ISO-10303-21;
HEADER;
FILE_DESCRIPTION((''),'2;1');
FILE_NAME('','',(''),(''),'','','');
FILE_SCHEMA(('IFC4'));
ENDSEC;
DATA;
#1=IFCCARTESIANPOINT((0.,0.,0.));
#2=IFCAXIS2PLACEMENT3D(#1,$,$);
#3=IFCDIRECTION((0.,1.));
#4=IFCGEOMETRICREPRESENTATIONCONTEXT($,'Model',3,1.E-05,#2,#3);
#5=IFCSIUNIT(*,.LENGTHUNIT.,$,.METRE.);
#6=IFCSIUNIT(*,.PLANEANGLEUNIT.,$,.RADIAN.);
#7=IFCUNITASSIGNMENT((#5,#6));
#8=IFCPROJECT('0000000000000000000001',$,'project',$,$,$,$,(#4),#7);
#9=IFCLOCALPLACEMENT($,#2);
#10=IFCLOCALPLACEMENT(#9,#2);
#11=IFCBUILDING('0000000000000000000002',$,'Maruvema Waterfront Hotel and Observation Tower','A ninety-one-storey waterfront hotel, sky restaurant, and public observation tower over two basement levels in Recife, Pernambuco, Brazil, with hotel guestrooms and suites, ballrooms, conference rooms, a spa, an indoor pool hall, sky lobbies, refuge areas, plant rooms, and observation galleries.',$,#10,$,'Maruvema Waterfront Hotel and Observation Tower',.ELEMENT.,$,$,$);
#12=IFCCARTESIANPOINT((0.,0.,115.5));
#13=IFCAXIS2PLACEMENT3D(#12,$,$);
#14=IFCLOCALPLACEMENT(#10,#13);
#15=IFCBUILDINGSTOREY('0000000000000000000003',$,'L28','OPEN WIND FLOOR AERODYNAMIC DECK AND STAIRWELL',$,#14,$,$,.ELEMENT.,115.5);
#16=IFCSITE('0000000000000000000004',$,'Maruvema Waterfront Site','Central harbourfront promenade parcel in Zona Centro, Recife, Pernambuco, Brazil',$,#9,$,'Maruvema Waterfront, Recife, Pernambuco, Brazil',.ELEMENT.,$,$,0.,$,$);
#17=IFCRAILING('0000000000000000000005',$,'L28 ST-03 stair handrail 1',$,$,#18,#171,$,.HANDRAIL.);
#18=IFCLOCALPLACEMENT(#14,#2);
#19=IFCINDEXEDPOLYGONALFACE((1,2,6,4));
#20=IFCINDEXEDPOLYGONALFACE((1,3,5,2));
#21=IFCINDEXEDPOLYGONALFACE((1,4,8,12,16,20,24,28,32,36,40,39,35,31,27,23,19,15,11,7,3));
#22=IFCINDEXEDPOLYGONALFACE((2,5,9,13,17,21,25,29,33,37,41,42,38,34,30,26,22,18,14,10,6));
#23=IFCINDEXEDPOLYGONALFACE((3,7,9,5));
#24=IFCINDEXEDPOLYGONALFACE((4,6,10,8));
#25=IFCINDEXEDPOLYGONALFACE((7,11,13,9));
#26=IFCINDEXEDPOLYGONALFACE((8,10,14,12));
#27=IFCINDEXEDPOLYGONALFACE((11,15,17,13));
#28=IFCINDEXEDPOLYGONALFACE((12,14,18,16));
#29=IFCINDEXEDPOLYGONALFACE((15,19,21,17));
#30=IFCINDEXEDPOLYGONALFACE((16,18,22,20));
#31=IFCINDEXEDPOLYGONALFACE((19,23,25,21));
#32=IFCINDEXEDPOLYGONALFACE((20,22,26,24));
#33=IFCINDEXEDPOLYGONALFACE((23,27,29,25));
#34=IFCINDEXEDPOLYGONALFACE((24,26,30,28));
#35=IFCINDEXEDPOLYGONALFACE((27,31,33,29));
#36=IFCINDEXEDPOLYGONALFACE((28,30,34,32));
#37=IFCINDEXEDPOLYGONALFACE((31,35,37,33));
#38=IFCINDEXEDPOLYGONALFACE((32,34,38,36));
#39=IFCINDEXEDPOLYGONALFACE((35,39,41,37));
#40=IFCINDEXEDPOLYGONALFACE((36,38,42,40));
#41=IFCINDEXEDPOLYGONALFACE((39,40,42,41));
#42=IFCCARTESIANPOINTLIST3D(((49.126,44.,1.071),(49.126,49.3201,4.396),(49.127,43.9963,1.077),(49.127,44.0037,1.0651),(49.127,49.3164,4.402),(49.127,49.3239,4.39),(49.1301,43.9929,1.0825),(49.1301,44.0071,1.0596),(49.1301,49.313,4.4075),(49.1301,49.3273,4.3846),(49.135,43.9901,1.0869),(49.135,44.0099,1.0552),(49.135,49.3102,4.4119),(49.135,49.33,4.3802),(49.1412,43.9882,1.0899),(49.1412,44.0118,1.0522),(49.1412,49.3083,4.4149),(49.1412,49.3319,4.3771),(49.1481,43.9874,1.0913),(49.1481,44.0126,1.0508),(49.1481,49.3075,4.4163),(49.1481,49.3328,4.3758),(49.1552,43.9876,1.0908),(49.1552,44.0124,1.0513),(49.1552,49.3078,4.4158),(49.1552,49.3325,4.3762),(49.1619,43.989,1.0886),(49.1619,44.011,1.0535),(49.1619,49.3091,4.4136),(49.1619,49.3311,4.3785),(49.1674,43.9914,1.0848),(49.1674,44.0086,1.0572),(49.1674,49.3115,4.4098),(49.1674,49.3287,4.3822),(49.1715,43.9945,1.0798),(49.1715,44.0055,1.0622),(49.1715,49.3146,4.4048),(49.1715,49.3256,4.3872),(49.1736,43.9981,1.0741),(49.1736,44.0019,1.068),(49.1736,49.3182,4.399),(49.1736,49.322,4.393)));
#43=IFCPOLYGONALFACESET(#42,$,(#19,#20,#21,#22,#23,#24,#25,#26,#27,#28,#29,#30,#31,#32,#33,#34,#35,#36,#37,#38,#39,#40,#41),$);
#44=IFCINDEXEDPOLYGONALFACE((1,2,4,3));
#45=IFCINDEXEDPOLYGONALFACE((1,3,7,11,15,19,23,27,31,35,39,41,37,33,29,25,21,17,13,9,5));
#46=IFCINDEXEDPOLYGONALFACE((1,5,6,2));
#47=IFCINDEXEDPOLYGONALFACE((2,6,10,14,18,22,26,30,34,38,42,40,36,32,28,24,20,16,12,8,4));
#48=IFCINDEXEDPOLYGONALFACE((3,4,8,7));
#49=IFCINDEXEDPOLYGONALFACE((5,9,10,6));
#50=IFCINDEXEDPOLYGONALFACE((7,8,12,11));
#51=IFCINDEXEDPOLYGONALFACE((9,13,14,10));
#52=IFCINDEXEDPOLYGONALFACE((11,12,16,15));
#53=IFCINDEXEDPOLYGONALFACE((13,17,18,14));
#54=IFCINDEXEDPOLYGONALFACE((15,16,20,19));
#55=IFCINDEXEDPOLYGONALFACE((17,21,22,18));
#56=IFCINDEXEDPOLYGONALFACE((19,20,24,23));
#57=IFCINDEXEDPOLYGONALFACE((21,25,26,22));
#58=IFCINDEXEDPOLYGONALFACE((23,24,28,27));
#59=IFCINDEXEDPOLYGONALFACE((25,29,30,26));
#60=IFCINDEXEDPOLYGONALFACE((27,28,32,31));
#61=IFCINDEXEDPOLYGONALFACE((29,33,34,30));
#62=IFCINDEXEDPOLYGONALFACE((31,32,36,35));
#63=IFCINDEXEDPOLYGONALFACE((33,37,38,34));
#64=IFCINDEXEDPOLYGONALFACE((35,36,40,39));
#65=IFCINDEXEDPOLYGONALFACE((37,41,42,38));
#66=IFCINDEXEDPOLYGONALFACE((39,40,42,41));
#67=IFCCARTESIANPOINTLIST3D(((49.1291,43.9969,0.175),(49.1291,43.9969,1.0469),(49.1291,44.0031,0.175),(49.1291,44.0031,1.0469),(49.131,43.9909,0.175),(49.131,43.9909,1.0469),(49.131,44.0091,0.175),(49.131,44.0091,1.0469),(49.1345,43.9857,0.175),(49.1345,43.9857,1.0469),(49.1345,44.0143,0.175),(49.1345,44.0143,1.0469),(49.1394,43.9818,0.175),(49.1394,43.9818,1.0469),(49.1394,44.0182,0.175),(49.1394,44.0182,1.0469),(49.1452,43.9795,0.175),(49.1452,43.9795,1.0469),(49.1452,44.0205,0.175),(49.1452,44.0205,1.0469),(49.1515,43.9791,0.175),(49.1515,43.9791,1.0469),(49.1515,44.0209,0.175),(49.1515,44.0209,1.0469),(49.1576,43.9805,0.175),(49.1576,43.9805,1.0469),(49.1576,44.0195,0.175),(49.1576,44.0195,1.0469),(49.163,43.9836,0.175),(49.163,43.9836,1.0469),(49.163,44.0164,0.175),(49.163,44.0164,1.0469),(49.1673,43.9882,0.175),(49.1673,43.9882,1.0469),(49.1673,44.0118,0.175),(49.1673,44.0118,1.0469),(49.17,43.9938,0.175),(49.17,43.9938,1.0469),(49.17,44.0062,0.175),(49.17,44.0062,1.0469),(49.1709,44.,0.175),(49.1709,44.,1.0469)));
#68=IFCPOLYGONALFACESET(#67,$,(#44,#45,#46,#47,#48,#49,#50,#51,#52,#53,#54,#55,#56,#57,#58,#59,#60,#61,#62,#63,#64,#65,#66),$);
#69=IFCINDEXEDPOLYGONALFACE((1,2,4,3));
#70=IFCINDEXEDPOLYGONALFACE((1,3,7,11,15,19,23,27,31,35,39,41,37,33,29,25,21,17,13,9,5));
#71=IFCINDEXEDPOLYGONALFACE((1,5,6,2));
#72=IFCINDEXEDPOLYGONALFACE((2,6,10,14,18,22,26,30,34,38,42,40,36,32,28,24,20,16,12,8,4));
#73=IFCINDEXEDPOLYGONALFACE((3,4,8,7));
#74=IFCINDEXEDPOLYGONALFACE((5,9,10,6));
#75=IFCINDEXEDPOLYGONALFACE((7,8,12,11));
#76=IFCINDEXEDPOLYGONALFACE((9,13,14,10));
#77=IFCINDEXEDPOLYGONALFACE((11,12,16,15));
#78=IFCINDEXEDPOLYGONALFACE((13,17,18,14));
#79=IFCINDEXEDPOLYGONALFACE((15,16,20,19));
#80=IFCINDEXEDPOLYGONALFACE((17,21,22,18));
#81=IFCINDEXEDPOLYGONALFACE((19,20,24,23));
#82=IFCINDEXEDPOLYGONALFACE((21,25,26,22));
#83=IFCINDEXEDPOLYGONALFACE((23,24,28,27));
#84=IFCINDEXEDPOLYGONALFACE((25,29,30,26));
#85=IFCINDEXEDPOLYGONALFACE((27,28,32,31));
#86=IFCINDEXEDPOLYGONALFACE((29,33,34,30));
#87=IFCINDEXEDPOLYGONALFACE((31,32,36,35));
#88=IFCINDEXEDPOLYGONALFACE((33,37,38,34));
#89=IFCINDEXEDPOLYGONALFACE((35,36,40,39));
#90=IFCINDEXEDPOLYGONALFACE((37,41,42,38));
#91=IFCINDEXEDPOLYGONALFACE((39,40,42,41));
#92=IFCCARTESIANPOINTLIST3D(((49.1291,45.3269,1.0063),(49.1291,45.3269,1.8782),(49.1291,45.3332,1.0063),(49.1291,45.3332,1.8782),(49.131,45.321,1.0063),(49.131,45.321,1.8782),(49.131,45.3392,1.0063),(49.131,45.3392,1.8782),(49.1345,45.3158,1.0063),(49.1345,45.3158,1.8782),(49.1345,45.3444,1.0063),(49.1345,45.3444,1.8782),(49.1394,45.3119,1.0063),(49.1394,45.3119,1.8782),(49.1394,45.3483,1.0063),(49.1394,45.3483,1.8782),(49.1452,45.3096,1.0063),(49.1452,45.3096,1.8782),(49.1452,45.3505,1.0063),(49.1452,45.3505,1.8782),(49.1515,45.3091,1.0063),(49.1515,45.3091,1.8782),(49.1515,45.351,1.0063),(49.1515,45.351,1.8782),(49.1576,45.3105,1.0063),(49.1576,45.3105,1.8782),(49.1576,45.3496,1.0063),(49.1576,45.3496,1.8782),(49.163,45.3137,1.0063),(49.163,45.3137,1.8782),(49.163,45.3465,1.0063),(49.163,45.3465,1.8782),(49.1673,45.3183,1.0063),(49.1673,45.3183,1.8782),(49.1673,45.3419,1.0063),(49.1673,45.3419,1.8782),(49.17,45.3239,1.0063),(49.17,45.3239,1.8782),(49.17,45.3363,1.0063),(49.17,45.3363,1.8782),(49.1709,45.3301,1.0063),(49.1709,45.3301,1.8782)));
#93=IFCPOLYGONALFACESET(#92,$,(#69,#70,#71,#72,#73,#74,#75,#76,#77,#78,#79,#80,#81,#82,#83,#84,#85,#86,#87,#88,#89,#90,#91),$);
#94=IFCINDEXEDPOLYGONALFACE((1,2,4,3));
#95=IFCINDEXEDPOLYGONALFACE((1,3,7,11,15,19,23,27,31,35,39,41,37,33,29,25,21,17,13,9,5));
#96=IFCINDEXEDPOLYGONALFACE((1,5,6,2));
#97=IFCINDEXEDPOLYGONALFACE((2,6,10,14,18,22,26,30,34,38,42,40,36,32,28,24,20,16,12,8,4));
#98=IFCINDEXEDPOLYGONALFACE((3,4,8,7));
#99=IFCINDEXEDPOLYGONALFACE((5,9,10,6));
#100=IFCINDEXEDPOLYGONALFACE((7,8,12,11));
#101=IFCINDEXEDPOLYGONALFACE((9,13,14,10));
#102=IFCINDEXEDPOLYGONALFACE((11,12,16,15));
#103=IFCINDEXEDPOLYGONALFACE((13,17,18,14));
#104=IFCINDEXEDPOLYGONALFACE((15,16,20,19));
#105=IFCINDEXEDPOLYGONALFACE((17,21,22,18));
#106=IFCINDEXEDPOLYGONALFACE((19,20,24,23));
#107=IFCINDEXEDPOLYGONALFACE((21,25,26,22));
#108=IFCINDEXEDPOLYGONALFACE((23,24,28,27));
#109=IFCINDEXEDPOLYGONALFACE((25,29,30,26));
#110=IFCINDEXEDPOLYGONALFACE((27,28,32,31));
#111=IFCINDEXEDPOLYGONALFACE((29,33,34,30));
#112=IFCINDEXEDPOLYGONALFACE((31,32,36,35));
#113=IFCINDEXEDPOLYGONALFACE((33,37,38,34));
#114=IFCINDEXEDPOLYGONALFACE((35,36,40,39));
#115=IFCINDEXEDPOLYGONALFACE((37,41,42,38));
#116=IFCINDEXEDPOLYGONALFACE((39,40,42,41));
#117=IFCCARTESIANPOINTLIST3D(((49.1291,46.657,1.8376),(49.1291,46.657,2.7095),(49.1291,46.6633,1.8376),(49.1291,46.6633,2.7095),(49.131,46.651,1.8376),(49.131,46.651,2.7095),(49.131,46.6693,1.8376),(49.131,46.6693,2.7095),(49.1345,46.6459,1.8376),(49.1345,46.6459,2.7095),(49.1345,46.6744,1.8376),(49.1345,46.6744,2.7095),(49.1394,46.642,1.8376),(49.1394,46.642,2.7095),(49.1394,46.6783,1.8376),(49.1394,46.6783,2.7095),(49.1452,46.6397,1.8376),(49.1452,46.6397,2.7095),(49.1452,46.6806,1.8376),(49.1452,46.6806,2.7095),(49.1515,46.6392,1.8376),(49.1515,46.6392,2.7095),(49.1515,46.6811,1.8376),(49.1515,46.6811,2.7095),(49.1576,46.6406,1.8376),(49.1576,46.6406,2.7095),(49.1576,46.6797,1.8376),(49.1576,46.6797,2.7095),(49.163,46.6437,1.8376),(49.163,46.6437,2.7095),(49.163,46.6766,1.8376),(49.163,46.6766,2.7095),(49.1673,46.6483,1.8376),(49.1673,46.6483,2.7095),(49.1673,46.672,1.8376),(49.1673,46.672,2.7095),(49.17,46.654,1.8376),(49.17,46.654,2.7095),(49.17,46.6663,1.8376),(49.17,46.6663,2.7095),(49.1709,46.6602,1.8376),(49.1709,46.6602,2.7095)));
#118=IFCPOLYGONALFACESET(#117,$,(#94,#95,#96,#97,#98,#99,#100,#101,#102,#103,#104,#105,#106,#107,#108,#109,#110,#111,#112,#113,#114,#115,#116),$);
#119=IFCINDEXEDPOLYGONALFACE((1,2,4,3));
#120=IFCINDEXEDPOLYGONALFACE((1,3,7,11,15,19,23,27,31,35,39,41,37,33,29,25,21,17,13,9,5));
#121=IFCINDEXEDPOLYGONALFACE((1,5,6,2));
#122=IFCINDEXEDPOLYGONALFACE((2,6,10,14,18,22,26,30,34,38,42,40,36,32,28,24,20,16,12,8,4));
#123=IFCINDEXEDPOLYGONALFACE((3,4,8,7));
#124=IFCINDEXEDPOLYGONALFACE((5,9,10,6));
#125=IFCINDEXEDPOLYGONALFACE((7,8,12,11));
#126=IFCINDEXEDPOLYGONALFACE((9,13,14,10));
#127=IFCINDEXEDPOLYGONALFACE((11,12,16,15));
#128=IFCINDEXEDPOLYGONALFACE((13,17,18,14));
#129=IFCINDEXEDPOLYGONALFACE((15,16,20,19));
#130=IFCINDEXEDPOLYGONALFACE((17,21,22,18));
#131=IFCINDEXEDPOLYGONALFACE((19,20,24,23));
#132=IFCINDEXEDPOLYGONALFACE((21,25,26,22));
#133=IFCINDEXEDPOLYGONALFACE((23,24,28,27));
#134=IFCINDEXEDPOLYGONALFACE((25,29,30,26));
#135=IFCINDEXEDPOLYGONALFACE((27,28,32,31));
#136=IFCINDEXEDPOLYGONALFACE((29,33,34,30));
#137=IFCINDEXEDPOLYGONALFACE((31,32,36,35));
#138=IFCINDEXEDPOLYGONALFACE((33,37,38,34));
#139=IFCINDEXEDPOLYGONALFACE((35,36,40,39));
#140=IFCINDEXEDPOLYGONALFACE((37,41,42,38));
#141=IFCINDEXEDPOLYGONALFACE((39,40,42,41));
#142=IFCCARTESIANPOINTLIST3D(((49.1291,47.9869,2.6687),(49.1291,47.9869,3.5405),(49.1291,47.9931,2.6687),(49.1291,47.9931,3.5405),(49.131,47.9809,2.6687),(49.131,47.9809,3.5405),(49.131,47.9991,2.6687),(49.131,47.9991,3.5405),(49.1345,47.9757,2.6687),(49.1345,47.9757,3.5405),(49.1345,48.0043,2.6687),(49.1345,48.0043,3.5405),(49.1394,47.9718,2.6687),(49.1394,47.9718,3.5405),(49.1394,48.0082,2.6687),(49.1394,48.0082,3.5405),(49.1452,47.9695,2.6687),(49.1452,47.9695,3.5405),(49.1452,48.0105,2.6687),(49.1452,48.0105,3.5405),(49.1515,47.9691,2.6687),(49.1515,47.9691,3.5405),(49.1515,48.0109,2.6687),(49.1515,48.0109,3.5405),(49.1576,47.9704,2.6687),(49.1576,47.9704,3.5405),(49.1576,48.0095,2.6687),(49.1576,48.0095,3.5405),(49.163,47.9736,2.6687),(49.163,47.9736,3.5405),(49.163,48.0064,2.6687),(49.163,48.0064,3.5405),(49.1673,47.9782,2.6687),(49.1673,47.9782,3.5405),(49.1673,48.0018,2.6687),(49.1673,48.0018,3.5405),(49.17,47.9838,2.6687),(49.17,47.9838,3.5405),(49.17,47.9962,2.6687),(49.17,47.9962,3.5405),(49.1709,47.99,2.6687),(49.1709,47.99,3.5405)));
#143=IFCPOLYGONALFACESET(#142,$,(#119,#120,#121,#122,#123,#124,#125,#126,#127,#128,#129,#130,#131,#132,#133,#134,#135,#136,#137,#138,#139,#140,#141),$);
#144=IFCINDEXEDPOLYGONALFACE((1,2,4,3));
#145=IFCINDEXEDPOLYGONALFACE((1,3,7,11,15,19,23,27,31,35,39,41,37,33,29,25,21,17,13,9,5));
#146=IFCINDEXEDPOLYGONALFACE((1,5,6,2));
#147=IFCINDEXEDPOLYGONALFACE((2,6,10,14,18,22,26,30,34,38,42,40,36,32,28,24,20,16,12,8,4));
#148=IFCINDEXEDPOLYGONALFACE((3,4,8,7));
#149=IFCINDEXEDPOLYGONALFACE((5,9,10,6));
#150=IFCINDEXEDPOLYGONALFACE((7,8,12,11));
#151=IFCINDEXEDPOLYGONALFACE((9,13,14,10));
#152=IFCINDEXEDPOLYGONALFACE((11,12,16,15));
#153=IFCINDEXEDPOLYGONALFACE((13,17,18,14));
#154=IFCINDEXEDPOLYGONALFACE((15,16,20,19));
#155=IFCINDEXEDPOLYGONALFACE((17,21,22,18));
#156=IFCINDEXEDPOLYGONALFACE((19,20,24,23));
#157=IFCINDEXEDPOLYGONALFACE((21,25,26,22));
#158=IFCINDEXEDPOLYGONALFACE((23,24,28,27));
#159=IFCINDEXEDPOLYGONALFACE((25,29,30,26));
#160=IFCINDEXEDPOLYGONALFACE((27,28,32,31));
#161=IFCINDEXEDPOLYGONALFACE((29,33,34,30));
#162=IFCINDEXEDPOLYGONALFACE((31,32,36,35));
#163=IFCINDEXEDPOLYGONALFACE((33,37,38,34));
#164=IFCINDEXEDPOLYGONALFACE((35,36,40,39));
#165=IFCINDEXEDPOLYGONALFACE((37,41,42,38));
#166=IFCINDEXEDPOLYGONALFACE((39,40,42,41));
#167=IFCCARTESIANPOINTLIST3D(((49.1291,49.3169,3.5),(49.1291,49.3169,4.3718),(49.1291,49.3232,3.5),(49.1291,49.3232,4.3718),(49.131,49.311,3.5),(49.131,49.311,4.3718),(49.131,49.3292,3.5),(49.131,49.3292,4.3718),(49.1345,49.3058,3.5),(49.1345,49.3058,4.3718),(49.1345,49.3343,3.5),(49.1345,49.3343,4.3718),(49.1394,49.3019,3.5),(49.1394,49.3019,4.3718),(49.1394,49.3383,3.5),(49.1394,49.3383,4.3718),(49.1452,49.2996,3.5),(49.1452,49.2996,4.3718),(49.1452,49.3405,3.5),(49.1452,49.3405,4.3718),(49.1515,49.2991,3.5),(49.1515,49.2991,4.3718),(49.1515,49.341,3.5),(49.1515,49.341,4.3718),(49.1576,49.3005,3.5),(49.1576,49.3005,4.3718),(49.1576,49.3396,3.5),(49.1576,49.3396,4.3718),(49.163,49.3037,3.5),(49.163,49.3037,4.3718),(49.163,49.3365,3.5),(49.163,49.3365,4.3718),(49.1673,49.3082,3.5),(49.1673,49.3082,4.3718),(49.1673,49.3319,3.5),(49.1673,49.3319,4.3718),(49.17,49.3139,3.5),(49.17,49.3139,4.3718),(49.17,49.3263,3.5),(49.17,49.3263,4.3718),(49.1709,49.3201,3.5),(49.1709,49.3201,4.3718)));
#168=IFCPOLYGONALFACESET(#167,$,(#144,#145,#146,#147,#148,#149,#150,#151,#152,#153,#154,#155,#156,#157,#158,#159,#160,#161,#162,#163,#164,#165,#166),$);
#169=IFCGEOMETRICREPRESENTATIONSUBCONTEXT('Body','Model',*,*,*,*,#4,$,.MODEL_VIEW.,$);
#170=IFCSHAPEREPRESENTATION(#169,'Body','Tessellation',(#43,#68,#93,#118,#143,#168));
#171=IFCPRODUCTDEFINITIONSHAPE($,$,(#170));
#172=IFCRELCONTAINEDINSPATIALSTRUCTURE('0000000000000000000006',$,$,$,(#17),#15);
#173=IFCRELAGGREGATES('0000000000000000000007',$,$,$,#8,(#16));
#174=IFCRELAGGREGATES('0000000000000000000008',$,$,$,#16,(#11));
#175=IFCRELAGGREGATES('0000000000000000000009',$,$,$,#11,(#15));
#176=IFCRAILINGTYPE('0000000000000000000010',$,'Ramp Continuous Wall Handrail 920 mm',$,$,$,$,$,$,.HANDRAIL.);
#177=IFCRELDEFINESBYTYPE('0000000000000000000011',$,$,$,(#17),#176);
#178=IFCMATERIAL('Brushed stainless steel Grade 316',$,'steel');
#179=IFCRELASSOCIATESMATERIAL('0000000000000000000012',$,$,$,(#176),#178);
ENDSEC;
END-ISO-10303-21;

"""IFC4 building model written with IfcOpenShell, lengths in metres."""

from ifc_helpers import new_model, si_unit, direction, frame, origin, origin_2d, place, context, subcontext, project, spatial, circle, extrude, material, type_object, element, save


model = new_model("IFC4")

# Units and contexts
model_context = context("Model", 3, precision=1e-05, world=origin(), true_north=direction((0.0, 1.0)))
body_context = subcontext(model_context, "Body", "Model", "MODEL_VIEW")
ifc_project = project(units=[si_unit("LENGTHUNIT", "METRE"), si_unit("PLANEANGLEUNIT", "RADIAN")], contexts=[model_context])

# Site, building, storey
site_placement = place(None, origin())
site = spatial("IfcSite", under=ifc_project, at=site_placement, Name="Maruvema Waterfront Site", Description="Central harbourfront promenade parcel in Zona Centro, Recife, Pernambuco, Brazil", LongName="Maruvema Waterfront, Recife, Pernambuco, Brazil", CompositionType="ELEMENT", RefElevation=0.0)
building_placement = place(site_placement, origin())
building = spatial("IfcBuilding", under=site, at=building_placement, Name="Maruvema Waterfront Hotel and Observation Tower", Description="A ninety-one-storey waterfront hotel, sky restaurant, and public observation tower over two basement levels in Recife, Pernambuco, Brazil, with hotel guestrooms and suites, ballrooms, conference rooms, a spa, an indoor pool hall, sky lobbies, refuge areas, plant rooms, and observation galleries.", LongName="Maruvema Waterfront Hotel and Observation Tower", CompositionType="ELEMENT")
storey_placement = place(building_placement, frame((0.0, 0.0, 115.5)))
storey = spatial("IfcBuildingStorey", under=building, at=storey_placement, Name="L28", Description="OPEN WIND FLOOR AERODYNAMIC DECK AND STAIRWELL", CompositionType="ELEMENT", Elevation=115.5)

# Railing
ifc_material_1 = material(Name="Brushed stainless steel Grade 316", Category="steel")
railing_type_1 = type_object("IfcRailingType", Name="Ramp Continuous Wall Handrail 920 mm", PredefinedType="HANDRAIL", material=ifc_material_1)
railing_1_placement = place(storey_placement, frame((49.1499, 44.0, 0.175)))
element("IfcRailing", 1, at=railing_1_placement, inside=storey, type_object=railing_type_1, Name="L28 ST-03 stair handrail 1", PredefinedType="HANDRAIL", context=body_context, shape_type="SweptSolid", body=[
    extrude(circle(Radius=0.0239, at=origin_2d()), frame((0.0, 0.0, 0.896), z_axis=(0.0, 0.848005, 0.529988), x_axis=(-1.0, 0.0, 0.0)), (0.0, 0.0, 1.0), 6.2737),
    extrude(circle(Radius=0.021, at=origin_2d()), origin(), (0.0, 0.0, 1.0), 0.8718),
    extrude(circle(Radius=0.021, at=origin_2d()), frame((0.0, 1.3301, 0.8313)), (0.0, 0.0, 1.0), 0.8718),
    extrude(circle(Radius=0.021, at=origin_2d()), frame((0.0, 2.6602, 1.6626)), (0.0, 0.0, 1.0), 0.8718),
    extrude(circle(Radius=0.021, at=origin_2d()), frame((0.0, 3.99, 2.4937)), (0.0, 0.0, 1.0), 0.8718),
    extrude(circle(Radius=0.021, at=origin_2d()), frame((0.0, 5.3201, 3.325)), (0.0, 0.0, 1.0), 0.8718),
])

save(model, "model.ifc")
